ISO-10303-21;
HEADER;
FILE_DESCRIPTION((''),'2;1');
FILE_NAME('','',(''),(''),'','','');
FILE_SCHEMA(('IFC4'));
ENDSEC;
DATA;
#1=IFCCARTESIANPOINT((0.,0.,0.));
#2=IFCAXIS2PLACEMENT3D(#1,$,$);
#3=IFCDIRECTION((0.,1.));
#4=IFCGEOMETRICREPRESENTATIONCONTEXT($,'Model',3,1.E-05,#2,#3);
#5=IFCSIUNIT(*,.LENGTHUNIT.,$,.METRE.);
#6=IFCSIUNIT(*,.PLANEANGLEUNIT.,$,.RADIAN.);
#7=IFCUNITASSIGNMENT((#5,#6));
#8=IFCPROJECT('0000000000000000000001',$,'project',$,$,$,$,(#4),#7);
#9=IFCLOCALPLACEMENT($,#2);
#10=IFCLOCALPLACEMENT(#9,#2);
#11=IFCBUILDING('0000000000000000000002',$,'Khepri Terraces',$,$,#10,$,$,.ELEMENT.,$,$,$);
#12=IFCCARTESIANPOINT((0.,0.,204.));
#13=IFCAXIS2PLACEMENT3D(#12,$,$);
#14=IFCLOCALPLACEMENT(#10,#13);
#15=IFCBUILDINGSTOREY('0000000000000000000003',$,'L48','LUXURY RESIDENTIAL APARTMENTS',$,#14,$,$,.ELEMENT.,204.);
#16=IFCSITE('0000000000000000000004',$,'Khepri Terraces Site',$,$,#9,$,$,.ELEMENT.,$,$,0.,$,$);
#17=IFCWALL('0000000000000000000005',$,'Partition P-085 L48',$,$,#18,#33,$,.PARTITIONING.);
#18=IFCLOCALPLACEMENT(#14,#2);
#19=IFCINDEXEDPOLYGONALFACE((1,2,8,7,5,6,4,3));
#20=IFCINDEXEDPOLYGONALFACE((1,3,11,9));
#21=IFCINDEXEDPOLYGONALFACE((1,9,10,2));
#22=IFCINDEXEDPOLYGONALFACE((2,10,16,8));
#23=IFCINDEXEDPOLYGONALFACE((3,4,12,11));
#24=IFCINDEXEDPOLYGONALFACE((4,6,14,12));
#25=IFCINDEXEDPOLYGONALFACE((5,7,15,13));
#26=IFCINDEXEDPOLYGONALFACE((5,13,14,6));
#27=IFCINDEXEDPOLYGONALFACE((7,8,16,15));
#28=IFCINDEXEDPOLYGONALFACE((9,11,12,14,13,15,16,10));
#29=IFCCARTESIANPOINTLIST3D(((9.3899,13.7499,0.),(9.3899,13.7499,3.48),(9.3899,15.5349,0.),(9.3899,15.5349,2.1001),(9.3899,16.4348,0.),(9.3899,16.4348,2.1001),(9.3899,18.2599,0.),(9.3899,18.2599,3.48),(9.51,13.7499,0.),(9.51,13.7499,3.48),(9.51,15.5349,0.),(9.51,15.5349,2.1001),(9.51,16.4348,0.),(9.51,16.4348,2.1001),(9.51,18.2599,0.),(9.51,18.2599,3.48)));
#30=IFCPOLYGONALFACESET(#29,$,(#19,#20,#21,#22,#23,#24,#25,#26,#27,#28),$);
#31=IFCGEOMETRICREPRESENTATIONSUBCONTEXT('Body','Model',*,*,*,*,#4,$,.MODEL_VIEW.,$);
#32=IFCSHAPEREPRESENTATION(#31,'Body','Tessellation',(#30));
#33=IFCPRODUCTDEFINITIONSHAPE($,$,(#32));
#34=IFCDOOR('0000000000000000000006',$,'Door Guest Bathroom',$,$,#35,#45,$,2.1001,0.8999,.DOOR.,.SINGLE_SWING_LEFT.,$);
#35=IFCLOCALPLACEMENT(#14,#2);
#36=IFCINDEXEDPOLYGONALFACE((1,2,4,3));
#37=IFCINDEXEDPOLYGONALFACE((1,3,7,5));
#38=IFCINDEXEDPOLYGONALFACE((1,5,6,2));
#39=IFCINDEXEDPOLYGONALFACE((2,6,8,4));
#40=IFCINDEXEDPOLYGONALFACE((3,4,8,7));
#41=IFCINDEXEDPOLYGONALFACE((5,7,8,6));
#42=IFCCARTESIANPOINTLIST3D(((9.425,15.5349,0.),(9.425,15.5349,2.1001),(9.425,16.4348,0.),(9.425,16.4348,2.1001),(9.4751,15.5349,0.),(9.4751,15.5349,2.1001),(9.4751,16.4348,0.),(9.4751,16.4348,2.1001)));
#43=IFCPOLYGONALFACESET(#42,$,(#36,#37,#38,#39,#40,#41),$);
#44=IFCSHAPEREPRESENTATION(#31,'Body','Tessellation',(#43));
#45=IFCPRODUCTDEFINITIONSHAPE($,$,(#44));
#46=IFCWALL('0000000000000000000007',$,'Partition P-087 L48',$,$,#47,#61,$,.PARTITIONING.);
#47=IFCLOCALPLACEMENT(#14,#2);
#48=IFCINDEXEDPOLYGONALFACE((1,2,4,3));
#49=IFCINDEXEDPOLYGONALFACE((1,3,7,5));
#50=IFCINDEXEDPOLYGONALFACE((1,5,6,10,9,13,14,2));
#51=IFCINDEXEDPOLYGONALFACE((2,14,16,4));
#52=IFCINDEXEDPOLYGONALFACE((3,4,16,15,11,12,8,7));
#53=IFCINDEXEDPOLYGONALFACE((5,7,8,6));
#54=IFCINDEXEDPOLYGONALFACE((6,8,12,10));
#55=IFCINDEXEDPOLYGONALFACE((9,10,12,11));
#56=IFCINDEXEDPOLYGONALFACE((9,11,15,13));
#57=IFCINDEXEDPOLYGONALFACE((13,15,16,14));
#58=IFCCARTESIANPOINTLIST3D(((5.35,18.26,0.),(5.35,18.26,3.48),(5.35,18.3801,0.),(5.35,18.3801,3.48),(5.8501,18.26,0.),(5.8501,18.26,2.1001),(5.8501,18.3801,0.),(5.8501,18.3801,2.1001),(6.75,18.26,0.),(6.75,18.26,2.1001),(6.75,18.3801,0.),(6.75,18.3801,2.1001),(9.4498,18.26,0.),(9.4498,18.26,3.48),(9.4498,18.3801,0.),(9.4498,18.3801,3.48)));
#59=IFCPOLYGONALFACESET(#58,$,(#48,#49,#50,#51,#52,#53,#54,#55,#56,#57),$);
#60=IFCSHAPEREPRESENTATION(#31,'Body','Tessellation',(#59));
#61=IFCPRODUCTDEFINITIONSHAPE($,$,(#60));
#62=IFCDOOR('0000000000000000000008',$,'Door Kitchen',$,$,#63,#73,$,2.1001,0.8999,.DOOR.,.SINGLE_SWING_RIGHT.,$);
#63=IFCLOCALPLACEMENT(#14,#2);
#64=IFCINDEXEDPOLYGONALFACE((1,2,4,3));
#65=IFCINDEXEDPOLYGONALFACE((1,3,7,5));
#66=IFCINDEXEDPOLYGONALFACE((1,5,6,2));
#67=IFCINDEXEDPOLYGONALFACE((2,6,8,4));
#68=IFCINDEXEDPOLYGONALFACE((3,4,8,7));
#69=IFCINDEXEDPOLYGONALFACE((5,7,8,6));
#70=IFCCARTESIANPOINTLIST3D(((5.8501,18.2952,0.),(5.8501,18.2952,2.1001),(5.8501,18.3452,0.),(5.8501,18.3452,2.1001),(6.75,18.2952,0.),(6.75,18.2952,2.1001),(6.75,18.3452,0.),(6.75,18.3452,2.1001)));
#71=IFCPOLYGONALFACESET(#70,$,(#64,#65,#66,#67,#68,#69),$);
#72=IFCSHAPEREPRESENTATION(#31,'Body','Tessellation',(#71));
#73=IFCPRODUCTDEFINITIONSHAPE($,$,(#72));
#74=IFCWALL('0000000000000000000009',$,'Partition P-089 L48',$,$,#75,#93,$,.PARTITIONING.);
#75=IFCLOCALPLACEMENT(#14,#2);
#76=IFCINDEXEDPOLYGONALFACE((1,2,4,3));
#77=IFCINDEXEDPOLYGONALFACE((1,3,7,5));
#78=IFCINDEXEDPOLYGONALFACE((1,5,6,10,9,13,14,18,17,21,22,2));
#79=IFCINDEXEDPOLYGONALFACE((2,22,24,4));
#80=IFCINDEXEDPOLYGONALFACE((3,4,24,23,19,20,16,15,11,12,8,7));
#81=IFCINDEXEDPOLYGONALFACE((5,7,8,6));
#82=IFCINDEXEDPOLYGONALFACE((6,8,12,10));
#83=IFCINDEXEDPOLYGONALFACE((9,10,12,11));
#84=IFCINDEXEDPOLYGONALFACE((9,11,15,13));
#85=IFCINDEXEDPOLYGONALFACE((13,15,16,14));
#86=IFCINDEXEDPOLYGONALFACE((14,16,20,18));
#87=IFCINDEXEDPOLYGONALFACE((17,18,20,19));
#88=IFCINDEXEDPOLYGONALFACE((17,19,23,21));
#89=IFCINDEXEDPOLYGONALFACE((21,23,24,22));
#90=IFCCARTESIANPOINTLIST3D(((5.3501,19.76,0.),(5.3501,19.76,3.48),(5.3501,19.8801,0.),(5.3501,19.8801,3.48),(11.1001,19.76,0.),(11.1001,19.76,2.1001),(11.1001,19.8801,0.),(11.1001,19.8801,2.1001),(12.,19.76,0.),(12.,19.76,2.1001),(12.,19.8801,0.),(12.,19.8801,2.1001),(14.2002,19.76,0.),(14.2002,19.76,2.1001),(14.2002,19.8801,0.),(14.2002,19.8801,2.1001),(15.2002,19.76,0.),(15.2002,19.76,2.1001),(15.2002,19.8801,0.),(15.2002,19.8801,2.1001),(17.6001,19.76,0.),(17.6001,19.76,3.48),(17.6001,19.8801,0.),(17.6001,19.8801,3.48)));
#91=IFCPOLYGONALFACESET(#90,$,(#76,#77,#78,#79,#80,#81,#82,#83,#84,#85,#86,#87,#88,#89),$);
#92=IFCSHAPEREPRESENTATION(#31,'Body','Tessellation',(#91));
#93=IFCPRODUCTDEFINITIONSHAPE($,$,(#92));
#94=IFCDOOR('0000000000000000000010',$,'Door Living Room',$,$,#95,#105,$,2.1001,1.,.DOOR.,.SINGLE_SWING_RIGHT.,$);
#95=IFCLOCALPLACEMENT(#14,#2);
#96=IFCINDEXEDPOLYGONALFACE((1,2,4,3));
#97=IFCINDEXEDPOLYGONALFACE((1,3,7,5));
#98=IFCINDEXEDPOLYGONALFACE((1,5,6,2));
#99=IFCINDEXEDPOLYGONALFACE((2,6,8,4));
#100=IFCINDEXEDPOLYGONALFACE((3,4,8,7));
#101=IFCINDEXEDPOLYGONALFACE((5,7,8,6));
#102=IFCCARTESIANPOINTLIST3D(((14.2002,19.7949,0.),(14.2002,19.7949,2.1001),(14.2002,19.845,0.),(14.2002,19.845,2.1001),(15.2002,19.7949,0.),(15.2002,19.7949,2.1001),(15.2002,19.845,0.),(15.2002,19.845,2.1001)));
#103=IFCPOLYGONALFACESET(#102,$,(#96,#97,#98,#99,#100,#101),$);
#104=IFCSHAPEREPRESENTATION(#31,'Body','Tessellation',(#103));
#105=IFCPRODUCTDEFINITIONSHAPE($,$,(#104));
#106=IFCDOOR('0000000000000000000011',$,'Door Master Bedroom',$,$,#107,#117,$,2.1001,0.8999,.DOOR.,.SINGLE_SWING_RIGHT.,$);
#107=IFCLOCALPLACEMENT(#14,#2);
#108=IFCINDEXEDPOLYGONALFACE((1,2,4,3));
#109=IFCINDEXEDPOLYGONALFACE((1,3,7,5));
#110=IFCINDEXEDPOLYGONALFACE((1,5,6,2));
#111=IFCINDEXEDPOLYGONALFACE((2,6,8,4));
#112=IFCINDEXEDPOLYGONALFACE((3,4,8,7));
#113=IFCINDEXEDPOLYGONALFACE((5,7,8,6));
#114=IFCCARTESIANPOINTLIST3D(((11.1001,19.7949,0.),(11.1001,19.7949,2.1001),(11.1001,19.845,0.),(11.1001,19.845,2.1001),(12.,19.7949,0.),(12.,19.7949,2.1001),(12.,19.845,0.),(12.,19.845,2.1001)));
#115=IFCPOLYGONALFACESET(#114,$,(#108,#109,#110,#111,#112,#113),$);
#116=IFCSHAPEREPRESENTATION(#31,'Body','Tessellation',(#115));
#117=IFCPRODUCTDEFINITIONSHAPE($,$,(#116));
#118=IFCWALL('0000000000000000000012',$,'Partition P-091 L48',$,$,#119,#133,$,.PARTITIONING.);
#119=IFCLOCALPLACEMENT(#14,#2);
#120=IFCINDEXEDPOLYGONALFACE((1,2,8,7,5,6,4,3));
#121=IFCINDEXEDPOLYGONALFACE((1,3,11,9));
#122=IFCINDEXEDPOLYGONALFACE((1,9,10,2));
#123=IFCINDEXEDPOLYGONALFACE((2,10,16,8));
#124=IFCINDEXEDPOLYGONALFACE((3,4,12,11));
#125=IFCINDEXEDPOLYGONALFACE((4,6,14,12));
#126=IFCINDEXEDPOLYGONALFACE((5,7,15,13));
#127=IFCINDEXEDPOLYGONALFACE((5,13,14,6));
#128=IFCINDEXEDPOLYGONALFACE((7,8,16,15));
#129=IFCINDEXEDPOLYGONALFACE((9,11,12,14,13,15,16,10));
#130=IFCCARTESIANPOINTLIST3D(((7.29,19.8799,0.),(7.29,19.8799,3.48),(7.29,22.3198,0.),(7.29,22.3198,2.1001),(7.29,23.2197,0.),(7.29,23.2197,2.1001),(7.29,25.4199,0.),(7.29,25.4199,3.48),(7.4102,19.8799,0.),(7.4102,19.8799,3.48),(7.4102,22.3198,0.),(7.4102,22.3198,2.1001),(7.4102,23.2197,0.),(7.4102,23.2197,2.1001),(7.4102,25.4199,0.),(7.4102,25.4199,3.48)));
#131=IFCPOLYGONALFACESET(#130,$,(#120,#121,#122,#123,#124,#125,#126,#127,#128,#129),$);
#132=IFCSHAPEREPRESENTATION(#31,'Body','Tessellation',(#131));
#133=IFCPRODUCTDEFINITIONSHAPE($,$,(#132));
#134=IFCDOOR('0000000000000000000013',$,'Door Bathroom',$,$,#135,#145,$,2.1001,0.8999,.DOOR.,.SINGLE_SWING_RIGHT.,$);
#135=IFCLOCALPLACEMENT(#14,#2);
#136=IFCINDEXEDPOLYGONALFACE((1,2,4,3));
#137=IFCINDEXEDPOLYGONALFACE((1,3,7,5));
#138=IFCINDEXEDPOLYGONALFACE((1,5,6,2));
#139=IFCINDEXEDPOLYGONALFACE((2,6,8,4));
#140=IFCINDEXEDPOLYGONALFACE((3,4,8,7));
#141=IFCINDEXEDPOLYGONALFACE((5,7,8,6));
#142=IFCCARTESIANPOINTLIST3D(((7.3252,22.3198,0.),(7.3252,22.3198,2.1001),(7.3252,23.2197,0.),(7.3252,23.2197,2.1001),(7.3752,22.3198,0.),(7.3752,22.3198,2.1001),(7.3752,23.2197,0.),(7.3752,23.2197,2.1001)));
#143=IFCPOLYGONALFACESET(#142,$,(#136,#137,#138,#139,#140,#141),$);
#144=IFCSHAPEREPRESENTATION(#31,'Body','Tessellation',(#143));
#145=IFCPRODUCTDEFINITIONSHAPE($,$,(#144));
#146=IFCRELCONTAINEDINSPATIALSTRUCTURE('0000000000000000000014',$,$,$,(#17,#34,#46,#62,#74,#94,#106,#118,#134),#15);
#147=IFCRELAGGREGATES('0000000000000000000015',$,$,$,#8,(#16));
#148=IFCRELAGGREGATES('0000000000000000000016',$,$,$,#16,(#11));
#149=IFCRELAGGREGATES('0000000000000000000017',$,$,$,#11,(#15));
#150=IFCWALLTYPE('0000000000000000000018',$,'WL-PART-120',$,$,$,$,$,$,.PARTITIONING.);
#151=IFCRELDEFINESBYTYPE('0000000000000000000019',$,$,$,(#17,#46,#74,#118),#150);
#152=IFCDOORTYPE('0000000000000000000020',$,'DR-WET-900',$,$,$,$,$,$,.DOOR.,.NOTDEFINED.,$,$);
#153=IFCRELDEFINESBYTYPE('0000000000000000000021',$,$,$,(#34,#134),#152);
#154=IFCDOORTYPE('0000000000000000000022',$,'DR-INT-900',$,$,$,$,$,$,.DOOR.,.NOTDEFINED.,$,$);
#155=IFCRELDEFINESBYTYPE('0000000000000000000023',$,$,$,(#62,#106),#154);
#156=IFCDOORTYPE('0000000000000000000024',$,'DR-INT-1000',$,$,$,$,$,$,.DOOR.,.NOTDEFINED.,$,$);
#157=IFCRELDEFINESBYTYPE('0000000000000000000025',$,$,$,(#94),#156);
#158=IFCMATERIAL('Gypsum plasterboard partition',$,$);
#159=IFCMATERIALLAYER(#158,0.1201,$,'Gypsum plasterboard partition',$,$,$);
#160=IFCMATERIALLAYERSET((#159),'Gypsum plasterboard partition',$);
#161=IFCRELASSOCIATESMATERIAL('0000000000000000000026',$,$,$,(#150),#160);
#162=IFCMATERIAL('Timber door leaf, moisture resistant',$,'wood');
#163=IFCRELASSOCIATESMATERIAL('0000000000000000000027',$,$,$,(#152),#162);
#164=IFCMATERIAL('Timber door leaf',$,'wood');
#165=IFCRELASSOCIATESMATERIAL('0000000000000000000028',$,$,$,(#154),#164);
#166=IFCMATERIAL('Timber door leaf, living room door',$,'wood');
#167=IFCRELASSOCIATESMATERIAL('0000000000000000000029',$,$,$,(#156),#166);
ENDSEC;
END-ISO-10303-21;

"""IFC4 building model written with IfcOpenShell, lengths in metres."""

from ifc_helpers import new_model, si_unit, direction, frame, frame_2d, origin, place, context, subcontext, project, spatial, rectangle, extrude, material, layer, layer_set, type_object, element, fill, save


model = new_model("IFC4")

# Units and contexts
model_context = context("Model", 3, precision=1e-05, world=origin(), true_north=direction((0.0, 1.0)))
body_context = subcontext(model_context, "Body", "Model", "MODEL_VIEW")
ifc_project = project(units=[si_unit("LENGTHUNIT", "METRE"), si_unit("PLANEANGLEUNIT", "RADIAN")], contexts=[model_context])

# Site, building, storey
site_placement = place(None, origin())
site = spatial("IfcSite", under=ifc_project, at=site_placement, Name="Khepri Terraces Site", CompositionType="ELEMENT", RefElevation=0.0)
building_placement = place(site_placement, origin())
building = spatial("IfcBuilding", under=site, at=building_placement, Name="Khepri Terraces", CompositionType="ELEMENT")
storey_placement = place(building_placement, frame((0.0, 0.0, 204.0)))
storey = spatial("IfcBuildingStorey", under=building, at=storey_placement, Name="L48", Description="LUXURY RESIDENTIAL APARTMENTS", CompositionType="ELEMENT", Elevation=204.0)

# Shared definitions
ifc_material_1 = material(Name="Gypsum plasterboard partition")
ifc_layer_1 = layer(ifc_material_1, 0.1201, Name="Gypsum plasterboard partition")
ifc_layer_set_1 = layer_set([ifc_layer_1], Name="Gypsum plasterboard partition")
wall_type_1 = type_object("IfcWallType", Name="WL-PART-120", PredefinedType="PARTITIONING", material=ifc_layer_set_1)

# Walls, openings, doors
wall_1_placement = place(storey_placement, frame((9.45, 13.75, 0.0), z_axis=(0.0, 0.0, 1.0), x_axis=(0.0, 1.0, 0.0)))
wall_1 = element("IfcWall", 1, at=wall_1_placement, inside=storey, type_object=wall_type_1, Name="Partition P-085 L48", PredefinedType="PARTITIONING", context=body_context, shape_type="SweptSolid", body=[
    extrude(rectangle(XDim=4.51, YDim=0.1201, at=frame_2d((2.2549, 0.0))), origin(), (0.0, 0.0, 1.0), 3.48),
])
opening_1_placement = place(wall_1_placement, frame((1.7849, 0.0, 0.0)))
opening_1 = element("IfcOpeningElement", 2, at=opening_1_placement, cuts=wall_1, PredefinedType="OPENING", context=body_context, shape_type="SweptSolid", body=[
    extrude(rectangle(XDim=0.8999, YDim=2.1001, at=frame_2d((0.45, 1.05))), frame((0.0, 0.0701, 0.0), z_axis=(0.0, -1.0, 0.0), x_axis=(1.0, 0.0, 0.0)), (0.0, 0.0, 1.0), 0.1401),
])
ifc_material_2 = material(Name="Timber door leaf, moisture resistant", Category="wood")
door_type_1 = type_object("IfcDoorType", Name="DR-WET-900", OperationType="NOTDEFINED", PredefinedType="DOOR", material=ifc_material_2)
door_1_placement = place(opening_1_placement, origin())
door_1 = element("IfcDoor", 3, at=door_1_placement, inside=storey, type_object=door_type_1, Name="Door Guest Bathroom", OperationType="SINGLE_SWING_LEFT", OverallHeight=2.1001, OverallWidth=0.8999, PredefinedType="DOOR", context=body_context, shape_type="SweptSolid", body=[
    extrude(rectangle(XDim=0.8999, YDim=2.1001, at=frame_2d((0.45, 1.05))), frame((0.0, 0.0249, 0.0), z_axis=(0.0, -1.0, 0.0), x_axis=(1.0, 0.0, 0.0)), (0.0, 0.0, 1.0), 0.05),
])
fill(opening_1, door_1)
wall_2_placement = place(storey_placement, frame((5.3501, 18.3201, 0.0), z_axis=(0.0, 0.0, 1.0), x_axis=(1.0, 0.0, 0.0)))
wall_2 = element("IfcWall", 4, at=wall_2_placement, inside=storey, type_object=wall_type_1, Name="Partition P-087 L48", PredefinedType="PARTITIONING", context=body_context, shape_type="SweptSolid", body=[
    extrude(rectangle(XDim=4.0999, YDim=0.1201, at=frame_2d((2.0498, 0.0))), origin(), (0.0, 0.0, 1.0), 3.48),
])
opening_2_placement = place(wall_2_placement, frame((0.5, 0.0, 0.0)))
opening_2 = element("IfcOpeningElement", 5, at=opening_2_placement, cuts=wall_2, PredefinedType="OPENING", context=body_context, shape_type="SweptSolid", body=[
    extrude(rectangle(XDim=0.8999, YDim=2.1001, at=frame_2d((0.45, 1.05))), frame((0.0, 0.0701, 0.0), z_axis=(0.0, -1.0, 0.0), x_axis=(1.0, 0.0, 0.0)), (0.0, 0.0, 1.0), 0.1401),
])
ifc_material_3 = material(Name="Timber door leaf", Category="wood")
door_type_2 = type_object("IfcDoorType", Name="DR-INT-900", OperationType="NOTDEFINED", PredefinedType="DOOR", material=ifc_material_3)
door_2_placement = place(opening_2_placement, frame((0.8999, 0.0, 0.0), z_axis=(0.0, 0.0, 1.0), x_axis=(-1.0, 0.0, 0.0)))
door_2 = element("IfcDoor", 6, at=door_2_placement, inside=storey, type_object=door_type_2, Name="Door Kitchen", OperationType="SINGLE_SWING_RIGHT", OverallHeight=2.1001, OverallWidth=0.8999, PredefinedType="DOOR", context=body_context, shape_type="SweptSolid", body=[
    extrude(rectangle(XDim=0.8999, YDim=2.1001, at=frame_2d((0.45, 1.05))), frame((0.0, 0.0249, 0.0), z_axis=(0.0, -1.0, 0.0), x_axis=(1.0, 0.0, 0.0)), (0.0, 0.0, 1.0), 0.05),
])
fill(opening_2, door_2)

# Wall, openings, doors
wall_3_placement = place(storey_placement, frame((5.3501, 19.8201, 0.0), z_axis=(0.0, 0.0, 1.0), x_axis=(1.0, 0.0, 0.0)))
wall_3 = element("IfcWall", 7, at=wall_3_placement, inside=storey, type_object=wall_type_1, Name="Partition P-089 L48", PredefinedType="PARTITIONING", context=body_context, shape_type="SweptSolid", body=[
    extrude(rectangle(XDim=12.25, YDim=0.1201, at=frame_2d((6.125, 0.0))), origin(), (0.0, 0.0, 1.0), 3.48),
])
opening_3_placement = place(wall_3_placement, frame((8.8501, 0.0, 0.0)))
opening_3 = element("IfcOpeningElement", 8, at=opening_3_placement, cuts=wall_3, PredefinedType="OPENING", context=body_context, shape_type="SweptSolid", body=[
    extrude(rectangle(XDim=1.0, YDim=2.1001, at=frame_2d((0.5, 1.05))), frame((0.0, 0.0701, 0.0), z_axis=(0.0, -1.0, 0.0), x_axis=(1.0, 0.0, 0.0)), (0.0, 0.0, 1.0), 0.1401),
])
opening_4_placement = place(wall_3_placement, frame((5.75, 0.0, 0.0)))
opening_4 = element("IfcOpeningElement", 9, at=opening_4_placement, cuts=wall_3, PredefinedType="OPENING", context=body_context, shape_type="SweptSolid", body=[
    extrude(rectangle(XDim=0.8999, YDim=2.1001, at=frame_2d((0.45, 1.05))), frame((0.0, 0.0701, 0.0), z_axis=(0.0, -1.0, 0.0), x_axis=(1.0, 0.0, 0.0)), (0.0, 0.0, 1.0), 0.1401),
])
ifc_material_4 = material(Name="Timber door leaf, living room door", Category="wood")
door_type_3 = type_object("IfcDoorType", Name="DR-INT-1000", OperationType="NOTDEFINED", PredefinedType="DOOR", material=ifc_material_4)
door_3_placement = place(opening_3_placement, origin())
door_3 = element("IfcDoor", 10, at=door_3_placement, inside=storey, type_object=door_type_3, Name="Door Living Room", OperationType="SINGLE_SWING_RIGHT", OverallHeight=2.1001, OverallWidth=1.0, PredefinedType="DOOR", context=body_context, shape_type="SweptSolid", body=[
    extrude(rectangle(XDim=1.0, YDim=2.1001, at=frame_2d((0.5, 1.05))), frame((0.0, 0.0249, 0.0), z_axis=(0.0, -1.0, 0.0), x_axis=(1.0, 0.0, 0.0)), (0.0, 0.0, 1.0), 0.05),
])
fill(opening_3, door_3)
door_4_placement = place(opening_4_placement, origin())
door_4 = element("IfcDoor", 11, at=door_4_placement, inside=storey, type_object=door_type_2, Name="Door Master Bedroom", OperationType="SINGLE_SWING_RIGHT", OverallHeight=2.1001, OverallWidth=0.8999, PredefinedType="DOOR", context=body_context, shape_type="SweptSolid", body=[
    extrude(rectangle(XDim=0.8999, YDim=2.1001, at=frame_2d((0.45, 1.05))), frame((0.0, 0.0249, 0.0), z_axis=(0.0, -1.0, 0.0), x_axis=(1.0, 0.0, 0.0)), (0.0, 0.0, 1.0), 0.05),
])
fill(opening_4, door_4)

# Wall, opening, door
wall_4_placement = place(storey_placement, frame((7.3501, 19.8799, 0.0), z_axis=(0.0, 0.0, 1.0), x_axis=(0.0, 1.0, 0.0)))
wall_4 = element("IfcWall", 12, at=wall_4_placement, inside=storey, type_object=wall_type_1, Name="Partition P-091 L48", PredefinedType="PARTITIONING", context=body_context, shape_type="SweptSolid", body=[
    extrude(rectangle(XDim=5.54, YDim=0.1201, at=frame_2d((2.77, 0.0))), origin(), (0.0, 0.0, 1.0), 3.48),
])
opening_5_placement = place(wall_4_placement, frame((2.4399, 0.0, 0.0)))
opening_5 = element("IfcOpeningElement", 13, at=opening_5_placement, cuts=wall_4, PredefinedType="OPENING", context=body_context, shape_type="SweptSolid", body=[
    extrude(rectangle(XDim=0.8999, YDim=2.1001, at=frame_2d((0.45, 1.05))), frame((0.0, 0.0701, 0.0), z_axis=(0.0, -1.0, 0.0), x_axis=(1.0, 0.0, 0.0)), (0.0, 0.0, 1.0), 0.1401),
])
door_5_placement = place(opening_5_placement, origin())
door_5 = element("IfcDoor", 14, at=door_5_placement, inside=storey, type_object=door_type_1, Name="Door Bathroom", OperationType="SINGLE_SWING_RIGHT", OverallHeight=2.1001, OverallWidth=0.8999, PredefinedType="DOOR", context=body_context, shape_type="SweptSolid", body=[
    extrude(rectangle(XDim=0.8999, YDim=2.1001, at=frame_2d((0.45, 1.05))), frame((0.0, 0.0249, 0.0), z_axis=(0.0, -1.0, 0.0), x_axis=(1.0, 0.0, 0.0)), (0.0, 0.0, 1.0), 0.05),
])
fill(opening_5, door_5)

save(model, "model.ifc")
